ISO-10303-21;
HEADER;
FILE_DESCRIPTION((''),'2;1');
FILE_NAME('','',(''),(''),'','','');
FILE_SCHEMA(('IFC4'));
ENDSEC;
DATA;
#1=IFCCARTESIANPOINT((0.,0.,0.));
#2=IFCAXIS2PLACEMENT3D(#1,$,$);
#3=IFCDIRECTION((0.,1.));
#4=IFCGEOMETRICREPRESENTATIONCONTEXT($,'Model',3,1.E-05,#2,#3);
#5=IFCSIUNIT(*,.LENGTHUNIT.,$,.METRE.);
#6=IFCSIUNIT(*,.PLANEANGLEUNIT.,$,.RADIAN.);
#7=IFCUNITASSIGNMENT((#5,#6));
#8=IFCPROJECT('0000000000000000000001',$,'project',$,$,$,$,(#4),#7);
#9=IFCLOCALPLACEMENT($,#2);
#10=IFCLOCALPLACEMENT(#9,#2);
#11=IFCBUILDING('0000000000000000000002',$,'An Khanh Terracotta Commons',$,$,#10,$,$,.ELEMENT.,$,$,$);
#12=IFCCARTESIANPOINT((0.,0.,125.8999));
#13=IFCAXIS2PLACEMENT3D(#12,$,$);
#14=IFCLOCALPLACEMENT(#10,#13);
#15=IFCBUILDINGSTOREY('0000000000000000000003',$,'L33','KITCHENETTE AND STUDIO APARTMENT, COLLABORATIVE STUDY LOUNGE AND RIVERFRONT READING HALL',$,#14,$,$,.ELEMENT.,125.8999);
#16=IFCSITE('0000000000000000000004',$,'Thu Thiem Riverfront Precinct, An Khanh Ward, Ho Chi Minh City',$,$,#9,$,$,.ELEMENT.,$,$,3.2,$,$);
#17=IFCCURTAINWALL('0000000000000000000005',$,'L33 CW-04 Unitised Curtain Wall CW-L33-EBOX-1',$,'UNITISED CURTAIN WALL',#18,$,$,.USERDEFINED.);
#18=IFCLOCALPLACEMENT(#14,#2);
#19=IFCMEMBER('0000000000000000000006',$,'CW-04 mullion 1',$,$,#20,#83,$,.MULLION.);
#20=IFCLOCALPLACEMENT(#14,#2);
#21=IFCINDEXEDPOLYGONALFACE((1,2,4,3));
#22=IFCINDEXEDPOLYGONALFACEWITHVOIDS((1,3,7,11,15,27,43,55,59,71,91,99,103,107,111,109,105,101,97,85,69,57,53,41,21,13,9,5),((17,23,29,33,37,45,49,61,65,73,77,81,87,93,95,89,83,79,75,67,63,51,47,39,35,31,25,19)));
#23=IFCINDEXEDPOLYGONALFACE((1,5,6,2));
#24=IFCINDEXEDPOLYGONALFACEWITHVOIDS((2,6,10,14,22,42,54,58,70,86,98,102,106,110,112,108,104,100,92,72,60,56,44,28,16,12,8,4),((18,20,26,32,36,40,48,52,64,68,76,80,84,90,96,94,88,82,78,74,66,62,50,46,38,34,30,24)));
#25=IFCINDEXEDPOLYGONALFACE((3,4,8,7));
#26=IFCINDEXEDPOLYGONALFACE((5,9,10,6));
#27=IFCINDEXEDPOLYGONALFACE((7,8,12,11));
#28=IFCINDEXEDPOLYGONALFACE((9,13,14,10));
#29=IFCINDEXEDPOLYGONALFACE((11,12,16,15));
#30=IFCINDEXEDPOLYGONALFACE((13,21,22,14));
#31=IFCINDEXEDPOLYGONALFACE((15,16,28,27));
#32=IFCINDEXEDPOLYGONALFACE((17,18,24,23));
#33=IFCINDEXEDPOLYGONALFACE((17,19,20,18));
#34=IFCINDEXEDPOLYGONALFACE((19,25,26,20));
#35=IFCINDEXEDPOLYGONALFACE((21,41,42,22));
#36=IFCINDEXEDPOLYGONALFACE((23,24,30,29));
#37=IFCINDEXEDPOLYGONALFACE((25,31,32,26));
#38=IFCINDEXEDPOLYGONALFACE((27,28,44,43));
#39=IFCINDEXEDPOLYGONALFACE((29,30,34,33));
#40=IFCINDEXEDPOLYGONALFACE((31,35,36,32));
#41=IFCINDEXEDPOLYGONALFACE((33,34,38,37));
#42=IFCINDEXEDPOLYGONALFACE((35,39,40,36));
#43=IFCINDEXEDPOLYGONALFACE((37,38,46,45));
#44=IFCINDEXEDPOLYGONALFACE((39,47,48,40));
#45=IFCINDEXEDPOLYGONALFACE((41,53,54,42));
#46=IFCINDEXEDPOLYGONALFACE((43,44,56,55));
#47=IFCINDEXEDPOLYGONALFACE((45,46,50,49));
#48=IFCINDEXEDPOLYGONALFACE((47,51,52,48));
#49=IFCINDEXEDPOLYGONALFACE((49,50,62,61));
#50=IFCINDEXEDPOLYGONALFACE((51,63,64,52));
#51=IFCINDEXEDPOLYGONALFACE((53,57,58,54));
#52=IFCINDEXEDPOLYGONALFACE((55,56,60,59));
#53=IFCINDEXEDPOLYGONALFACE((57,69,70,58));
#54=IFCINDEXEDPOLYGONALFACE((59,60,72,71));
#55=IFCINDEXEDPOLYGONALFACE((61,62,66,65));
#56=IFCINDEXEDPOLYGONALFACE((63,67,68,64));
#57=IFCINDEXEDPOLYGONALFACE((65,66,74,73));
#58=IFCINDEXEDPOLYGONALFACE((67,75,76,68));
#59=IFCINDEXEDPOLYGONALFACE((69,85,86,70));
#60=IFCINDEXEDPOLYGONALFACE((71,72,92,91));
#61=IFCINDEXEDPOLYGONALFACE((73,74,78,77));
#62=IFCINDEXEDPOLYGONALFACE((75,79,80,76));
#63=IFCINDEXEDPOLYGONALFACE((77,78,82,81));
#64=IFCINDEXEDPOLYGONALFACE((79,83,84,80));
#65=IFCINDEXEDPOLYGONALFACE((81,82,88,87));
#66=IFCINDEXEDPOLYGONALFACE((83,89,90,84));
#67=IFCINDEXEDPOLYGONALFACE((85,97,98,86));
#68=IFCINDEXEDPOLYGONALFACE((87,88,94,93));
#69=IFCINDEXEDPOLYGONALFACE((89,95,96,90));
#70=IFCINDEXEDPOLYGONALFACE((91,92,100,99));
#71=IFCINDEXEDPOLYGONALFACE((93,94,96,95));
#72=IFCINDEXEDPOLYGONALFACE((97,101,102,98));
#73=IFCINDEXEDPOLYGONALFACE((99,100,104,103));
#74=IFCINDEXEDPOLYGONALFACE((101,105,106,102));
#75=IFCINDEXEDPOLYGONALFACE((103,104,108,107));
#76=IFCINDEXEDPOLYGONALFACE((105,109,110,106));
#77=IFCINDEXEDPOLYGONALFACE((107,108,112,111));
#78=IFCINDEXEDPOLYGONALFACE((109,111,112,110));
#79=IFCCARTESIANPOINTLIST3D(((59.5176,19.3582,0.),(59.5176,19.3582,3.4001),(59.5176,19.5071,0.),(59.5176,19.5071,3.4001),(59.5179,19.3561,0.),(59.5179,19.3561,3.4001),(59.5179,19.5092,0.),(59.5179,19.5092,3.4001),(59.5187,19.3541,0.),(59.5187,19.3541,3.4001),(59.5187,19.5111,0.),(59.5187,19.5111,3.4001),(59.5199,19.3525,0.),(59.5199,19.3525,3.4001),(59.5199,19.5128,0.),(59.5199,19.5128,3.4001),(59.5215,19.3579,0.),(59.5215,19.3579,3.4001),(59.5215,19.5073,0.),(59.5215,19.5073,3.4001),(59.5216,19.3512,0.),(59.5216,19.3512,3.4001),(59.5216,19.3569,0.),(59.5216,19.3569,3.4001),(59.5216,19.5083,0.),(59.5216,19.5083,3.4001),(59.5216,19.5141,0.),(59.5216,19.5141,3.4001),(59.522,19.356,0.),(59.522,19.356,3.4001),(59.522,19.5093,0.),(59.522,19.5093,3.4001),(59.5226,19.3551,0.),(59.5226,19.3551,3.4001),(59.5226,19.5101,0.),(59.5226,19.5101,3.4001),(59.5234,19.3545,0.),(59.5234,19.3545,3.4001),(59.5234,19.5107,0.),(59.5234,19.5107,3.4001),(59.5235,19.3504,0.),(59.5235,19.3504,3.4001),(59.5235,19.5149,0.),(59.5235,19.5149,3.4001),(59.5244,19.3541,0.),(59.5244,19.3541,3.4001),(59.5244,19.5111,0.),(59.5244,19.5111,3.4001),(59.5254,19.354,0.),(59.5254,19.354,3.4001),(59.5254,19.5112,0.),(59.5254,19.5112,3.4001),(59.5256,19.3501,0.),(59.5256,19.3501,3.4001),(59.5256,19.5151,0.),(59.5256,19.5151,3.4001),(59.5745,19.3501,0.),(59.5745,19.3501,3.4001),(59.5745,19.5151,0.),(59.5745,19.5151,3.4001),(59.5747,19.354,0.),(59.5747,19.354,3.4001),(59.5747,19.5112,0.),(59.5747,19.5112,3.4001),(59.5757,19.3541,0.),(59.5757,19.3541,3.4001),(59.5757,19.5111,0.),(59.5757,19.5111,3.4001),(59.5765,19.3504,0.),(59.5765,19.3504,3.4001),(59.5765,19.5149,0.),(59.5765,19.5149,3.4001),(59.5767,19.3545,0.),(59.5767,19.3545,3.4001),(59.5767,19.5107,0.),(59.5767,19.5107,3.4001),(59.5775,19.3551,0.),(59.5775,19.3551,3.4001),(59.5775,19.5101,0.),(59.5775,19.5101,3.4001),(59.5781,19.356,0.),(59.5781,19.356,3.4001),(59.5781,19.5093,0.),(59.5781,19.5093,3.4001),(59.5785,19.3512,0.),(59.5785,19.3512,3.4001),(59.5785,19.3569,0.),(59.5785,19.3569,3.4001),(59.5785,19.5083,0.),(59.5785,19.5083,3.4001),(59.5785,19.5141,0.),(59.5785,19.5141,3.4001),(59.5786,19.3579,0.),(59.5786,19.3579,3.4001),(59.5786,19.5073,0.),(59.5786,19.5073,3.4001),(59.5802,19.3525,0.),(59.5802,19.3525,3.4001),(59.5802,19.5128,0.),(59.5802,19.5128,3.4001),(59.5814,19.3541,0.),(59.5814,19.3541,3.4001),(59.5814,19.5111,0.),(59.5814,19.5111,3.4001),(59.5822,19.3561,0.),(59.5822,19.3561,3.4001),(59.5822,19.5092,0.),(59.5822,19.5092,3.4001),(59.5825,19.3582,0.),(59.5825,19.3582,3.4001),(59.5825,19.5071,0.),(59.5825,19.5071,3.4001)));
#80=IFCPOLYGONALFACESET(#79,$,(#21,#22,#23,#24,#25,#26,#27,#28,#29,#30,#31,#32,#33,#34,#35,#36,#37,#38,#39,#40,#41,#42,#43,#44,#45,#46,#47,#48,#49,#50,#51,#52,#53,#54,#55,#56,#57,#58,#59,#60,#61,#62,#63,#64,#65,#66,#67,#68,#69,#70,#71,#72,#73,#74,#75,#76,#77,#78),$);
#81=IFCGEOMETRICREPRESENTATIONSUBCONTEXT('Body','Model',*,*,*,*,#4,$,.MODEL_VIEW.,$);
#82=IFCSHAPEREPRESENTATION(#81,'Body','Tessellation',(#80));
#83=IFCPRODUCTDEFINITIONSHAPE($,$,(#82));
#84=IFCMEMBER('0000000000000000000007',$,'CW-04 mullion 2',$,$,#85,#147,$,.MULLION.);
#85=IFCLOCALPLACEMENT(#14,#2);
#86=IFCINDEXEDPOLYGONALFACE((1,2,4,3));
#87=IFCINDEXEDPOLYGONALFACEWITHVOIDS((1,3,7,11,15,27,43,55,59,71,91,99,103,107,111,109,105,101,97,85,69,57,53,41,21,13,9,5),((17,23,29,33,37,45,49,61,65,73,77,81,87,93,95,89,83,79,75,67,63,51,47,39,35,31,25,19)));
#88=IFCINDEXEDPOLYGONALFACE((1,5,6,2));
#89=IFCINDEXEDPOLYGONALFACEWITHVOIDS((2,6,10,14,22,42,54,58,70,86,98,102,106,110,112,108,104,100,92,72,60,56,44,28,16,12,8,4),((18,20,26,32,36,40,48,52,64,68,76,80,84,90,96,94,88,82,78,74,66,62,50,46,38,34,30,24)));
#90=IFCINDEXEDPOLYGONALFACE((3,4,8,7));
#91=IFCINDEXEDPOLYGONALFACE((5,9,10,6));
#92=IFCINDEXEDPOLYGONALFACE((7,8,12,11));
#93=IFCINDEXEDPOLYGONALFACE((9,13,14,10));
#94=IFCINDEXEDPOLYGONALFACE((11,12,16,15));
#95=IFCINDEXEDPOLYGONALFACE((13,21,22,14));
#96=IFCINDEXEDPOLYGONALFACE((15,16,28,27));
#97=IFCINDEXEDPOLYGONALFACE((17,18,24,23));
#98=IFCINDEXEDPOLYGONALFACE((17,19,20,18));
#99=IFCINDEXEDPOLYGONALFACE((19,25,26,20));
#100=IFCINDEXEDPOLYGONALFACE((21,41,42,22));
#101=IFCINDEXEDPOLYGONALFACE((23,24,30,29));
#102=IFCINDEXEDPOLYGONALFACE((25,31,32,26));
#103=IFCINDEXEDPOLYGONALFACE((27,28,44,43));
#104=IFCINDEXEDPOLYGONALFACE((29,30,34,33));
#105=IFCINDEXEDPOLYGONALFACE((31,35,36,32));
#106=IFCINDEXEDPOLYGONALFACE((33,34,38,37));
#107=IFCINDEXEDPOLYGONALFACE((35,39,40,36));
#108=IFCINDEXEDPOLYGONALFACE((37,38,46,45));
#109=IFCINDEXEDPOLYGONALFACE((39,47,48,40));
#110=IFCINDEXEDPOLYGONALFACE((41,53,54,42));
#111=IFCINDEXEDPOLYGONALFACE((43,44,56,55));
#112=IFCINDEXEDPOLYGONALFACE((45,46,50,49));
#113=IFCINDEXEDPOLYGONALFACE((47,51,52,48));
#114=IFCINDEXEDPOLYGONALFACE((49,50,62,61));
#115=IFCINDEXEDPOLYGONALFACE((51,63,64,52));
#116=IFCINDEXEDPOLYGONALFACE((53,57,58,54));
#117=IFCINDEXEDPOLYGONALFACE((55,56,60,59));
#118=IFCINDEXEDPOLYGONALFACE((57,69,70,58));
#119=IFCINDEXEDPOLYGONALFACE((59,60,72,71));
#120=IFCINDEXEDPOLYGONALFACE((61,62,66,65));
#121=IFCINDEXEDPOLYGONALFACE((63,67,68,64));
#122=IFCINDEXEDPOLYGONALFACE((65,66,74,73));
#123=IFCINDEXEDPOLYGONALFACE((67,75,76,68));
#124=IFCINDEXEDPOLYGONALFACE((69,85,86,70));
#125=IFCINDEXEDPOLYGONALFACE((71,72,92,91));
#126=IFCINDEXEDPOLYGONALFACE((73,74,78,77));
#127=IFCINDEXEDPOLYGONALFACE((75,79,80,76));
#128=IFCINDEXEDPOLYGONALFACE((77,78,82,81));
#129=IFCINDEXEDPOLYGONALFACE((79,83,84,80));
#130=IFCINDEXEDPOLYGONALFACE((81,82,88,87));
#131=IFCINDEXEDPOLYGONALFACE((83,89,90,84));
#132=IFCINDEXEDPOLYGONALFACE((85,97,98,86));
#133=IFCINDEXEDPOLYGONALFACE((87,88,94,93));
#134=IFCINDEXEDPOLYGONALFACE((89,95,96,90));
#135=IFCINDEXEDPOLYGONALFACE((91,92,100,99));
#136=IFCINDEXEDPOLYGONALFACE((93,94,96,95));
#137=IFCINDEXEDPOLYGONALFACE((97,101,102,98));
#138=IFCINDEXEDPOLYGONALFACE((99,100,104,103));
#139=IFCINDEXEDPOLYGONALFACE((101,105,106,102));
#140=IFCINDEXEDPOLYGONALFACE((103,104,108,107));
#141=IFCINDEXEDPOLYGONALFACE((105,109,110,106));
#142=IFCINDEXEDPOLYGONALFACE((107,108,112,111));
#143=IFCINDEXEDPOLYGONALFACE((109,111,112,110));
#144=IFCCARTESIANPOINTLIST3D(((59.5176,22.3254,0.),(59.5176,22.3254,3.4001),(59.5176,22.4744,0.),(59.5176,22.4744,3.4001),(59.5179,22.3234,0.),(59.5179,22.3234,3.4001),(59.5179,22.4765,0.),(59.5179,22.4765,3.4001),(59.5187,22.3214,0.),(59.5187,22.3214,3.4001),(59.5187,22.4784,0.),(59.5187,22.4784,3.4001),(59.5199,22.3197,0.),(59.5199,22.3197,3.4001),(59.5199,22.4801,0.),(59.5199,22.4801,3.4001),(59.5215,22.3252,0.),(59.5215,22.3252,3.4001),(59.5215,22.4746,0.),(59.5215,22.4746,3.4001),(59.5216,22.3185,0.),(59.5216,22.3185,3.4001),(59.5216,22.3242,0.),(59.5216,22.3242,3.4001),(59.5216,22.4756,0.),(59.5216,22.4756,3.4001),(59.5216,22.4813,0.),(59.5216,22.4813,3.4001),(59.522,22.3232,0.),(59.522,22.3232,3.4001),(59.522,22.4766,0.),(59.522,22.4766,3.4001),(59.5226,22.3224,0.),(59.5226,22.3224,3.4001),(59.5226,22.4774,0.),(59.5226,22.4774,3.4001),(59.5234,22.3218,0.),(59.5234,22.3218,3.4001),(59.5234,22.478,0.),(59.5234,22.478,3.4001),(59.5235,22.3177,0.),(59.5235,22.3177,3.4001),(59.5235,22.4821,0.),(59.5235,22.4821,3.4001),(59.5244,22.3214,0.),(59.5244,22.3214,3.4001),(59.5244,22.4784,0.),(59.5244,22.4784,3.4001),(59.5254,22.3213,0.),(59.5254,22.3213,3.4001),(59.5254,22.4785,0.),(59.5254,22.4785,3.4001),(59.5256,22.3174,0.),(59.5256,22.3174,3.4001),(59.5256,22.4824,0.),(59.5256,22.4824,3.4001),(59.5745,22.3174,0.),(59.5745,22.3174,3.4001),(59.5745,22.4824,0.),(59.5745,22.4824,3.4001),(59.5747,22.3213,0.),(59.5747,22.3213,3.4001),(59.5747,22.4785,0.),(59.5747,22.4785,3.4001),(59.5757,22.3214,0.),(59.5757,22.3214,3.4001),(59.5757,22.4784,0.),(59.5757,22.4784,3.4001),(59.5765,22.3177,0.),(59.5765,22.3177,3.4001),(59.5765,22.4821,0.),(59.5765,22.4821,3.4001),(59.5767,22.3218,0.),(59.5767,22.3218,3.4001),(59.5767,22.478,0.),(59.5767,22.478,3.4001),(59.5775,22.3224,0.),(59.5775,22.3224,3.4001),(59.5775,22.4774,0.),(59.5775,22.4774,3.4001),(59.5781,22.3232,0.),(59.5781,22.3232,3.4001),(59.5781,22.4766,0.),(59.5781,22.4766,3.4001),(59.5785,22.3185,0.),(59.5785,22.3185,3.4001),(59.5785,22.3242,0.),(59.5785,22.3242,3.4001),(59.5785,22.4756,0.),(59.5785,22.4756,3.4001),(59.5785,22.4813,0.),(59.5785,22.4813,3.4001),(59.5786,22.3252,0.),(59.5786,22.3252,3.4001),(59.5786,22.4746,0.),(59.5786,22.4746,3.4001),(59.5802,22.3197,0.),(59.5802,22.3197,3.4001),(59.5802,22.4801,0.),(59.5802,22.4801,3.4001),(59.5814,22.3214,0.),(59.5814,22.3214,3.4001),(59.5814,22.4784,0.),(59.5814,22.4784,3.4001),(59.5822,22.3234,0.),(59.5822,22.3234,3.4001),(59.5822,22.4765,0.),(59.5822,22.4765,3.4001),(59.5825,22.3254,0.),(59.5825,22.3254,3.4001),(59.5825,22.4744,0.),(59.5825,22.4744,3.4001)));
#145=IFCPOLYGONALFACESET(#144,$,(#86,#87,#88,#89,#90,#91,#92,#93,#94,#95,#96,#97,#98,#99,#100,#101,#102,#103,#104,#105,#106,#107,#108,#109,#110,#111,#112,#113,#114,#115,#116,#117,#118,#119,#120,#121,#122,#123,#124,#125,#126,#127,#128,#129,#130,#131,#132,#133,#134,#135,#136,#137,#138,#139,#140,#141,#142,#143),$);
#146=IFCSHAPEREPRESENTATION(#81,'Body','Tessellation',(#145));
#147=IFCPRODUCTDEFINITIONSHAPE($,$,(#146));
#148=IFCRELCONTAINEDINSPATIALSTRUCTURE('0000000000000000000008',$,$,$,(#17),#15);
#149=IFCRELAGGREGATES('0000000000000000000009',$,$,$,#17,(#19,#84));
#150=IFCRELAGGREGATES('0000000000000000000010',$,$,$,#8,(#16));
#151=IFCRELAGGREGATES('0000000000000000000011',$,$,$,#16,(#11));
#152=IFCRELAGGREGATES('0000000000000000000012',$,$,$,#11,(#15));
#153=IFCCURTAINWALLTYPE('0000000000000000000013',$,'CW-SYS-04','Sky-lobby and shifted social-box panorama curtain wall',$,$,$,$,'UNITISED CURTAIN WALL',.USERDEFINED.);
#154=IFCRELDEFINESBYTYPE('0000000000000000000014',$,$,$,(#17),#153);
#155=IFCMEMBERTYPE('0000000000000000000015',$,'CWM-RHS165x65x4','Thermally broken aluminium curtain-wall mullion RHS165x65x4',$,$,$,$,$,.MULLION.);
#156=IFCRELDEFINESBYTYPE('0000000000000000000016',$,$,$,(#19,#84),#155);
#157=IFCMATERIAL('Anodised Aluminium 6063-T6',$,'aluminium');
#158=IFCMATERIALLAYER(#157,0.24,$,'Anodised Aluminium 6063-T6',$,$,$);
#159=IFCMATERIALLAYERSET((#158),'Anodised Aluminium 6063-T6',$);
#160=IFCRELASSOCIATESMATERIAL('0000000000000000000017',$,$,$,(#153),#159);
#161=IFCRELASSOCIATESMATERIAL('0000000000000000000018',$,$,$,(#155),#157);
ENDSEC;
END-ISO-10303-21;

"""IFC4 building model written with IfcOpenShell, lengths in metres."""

from ifc_helpers import new_model, si_unit, direction, frame, origin, origin_2d, place, context, subcontext, project, spatial, hollow_rectangle, extrude, material, layer, layer_set, material_profile, profile_set, type_object, element, aggregate, save


model = new_model("IFC4")

# Units and contexts
model_context = context("Model", 3, precision=1e-05, world=origin(), true_north=direction((0.0, 1.0)))
body_context = subcontext(model_context, "Body", "Model", "MODEL_VIEW")
ifc_project = project(units=[si_unit("LENGTHUNIT", "METRE"), si_unit("PLANEANGLEUNIT", "RADIAN")], contexts=[model_context])

# Site, building, storey
site_placement = place(None, origin())
site = spatial("IfcSite", under=ifc_project, at=site_placement, Name="Thu Thiem Riverfront Precinct, An Khanh Ward, Ho Chi Minh City", CompositionType="ELEMENT", RefElevation=3.2)
building_placement = place(site_placement, origin())
building = spatial("IfcBuilding", under=site, at=building_placement, Name="An Khanh Terracotta Commons", CompositionType="ELEMENT")
storey_placement = place(building_placement, frame((0.0, 0.0, 125.8999)))
storey = spatial("IfcBuildingStorey", under=building, at=storey_placement, Name="L33", Description="KITCHENETTE AND STUDIO APARTMENT, COLLABORATIVE STUDY LOUNGE AND RIVERFRONT READING HALL", CompositionType="ELEMENT", Elevation=125.8999)

# Curtain wall, members
ifc_material_1 = material(Name="Anodised Aluminium 6063-T6", Category="aluminium")
ifc_layer_1 = layer(ifc_material_1, 0.24, Name="Anodised Aluminium 6063-T6")
ifc_layer_set_1 = layer_set([ifc_layer_1], Name="Anodised Aluminium 6063-T6")
curtain_wall_type_1 = type_object("IfcCurtainWallType", Name="CW-SYS-04", Description="Sky-lobby and shifted social-box panorama curtain wall", ElementType="UNITISED CURTAIN WALL", PredefinedType="USERDEFINED", material=ifc_layer_set_1)
curtain_wall_1_placement = place(storey_placement, origin())
curtain_wall_1 = element("IfcCurtainWall", 1, at=curtain_wall_1_placement, inside=storey, type_object=curtain_wall_type_1, Name="L33 CW-04 Unitised Curtain Wall CW-L33-EBOX-1", ObjectType="UNITISED CURTAIN WALL", PredefinedType="USERDEFINED")
ifc_material_profile_1 = material_profile(ifc_material_1, hollow_rectangle(XDim=0.0649, YDim=0.165, WallThickness=0.0039, InnerFilletRadius=0.0039, OuterFilletRadius=0.0081, at=origin_2d()), Name="RHS165x65x4")
ifc_profile_set_1 = profile_set([ifc_material_profile_1], Name="Anodised Aluminium 6063-T6")
member_type_1 = type_object("IfcMemberType", Name="CWM-RHS165x65x4", Description="Thermally broken aluminium curtain-wall mullion RHS165x65x4", PredefinedType="MULLION", material=ifc_profile_set_1)
member_1_placement = place(storey_placement, frame((59.55, 19.4326, 0.0), z_axis=(0.0, 0.0, 1.0), x_axis=(-1.0, 0.0, 0.0)))
member_1 = element("IfcMember", 2, at=member_1_placement, type_object=member_type_1, Name="CW-04 mullion 1", PredefinedType="MULLION", context=body_context, shape_type="SweptSolid", body=[
    extrude(hollow_rectangle(XDim=0.0649, YDim=0.165, WallThickness=0.0039, InnerFilletRadius=0.0039, OuterFilletRadius=0.0081, at=origin_2d()), origin(), (0.0, 0.0, 1.0), 3.4001),
])
member_2_placement = place(storey_placement, frame((59.55, 22.3999, 0.0), z_axis=(0.0, 0.0, 1.0), x_axis=(-1.0, 0.0, 0.0)))
member_2 = element("IfcMember", 3, at=member_2_placement, type_object=member_type_1, Name="CW-04 mullion 2", PredefinedType="MULLION", context=body_context, shape_type="SweptSolid", body=[
    extrude(hollow_rectangle(XDim=0.0649, YDim=0.165, WallThickness=0.0039, InnerFilletRadius=0.0039, OuterFilletRadius=0.0081, at=origin_2d()), origin(), (0.0, 0.0, 1.0), 3.4001),
])

aggregate(curtain_wall_1, [member_1, member_2])

save(model, "model.ifc")
